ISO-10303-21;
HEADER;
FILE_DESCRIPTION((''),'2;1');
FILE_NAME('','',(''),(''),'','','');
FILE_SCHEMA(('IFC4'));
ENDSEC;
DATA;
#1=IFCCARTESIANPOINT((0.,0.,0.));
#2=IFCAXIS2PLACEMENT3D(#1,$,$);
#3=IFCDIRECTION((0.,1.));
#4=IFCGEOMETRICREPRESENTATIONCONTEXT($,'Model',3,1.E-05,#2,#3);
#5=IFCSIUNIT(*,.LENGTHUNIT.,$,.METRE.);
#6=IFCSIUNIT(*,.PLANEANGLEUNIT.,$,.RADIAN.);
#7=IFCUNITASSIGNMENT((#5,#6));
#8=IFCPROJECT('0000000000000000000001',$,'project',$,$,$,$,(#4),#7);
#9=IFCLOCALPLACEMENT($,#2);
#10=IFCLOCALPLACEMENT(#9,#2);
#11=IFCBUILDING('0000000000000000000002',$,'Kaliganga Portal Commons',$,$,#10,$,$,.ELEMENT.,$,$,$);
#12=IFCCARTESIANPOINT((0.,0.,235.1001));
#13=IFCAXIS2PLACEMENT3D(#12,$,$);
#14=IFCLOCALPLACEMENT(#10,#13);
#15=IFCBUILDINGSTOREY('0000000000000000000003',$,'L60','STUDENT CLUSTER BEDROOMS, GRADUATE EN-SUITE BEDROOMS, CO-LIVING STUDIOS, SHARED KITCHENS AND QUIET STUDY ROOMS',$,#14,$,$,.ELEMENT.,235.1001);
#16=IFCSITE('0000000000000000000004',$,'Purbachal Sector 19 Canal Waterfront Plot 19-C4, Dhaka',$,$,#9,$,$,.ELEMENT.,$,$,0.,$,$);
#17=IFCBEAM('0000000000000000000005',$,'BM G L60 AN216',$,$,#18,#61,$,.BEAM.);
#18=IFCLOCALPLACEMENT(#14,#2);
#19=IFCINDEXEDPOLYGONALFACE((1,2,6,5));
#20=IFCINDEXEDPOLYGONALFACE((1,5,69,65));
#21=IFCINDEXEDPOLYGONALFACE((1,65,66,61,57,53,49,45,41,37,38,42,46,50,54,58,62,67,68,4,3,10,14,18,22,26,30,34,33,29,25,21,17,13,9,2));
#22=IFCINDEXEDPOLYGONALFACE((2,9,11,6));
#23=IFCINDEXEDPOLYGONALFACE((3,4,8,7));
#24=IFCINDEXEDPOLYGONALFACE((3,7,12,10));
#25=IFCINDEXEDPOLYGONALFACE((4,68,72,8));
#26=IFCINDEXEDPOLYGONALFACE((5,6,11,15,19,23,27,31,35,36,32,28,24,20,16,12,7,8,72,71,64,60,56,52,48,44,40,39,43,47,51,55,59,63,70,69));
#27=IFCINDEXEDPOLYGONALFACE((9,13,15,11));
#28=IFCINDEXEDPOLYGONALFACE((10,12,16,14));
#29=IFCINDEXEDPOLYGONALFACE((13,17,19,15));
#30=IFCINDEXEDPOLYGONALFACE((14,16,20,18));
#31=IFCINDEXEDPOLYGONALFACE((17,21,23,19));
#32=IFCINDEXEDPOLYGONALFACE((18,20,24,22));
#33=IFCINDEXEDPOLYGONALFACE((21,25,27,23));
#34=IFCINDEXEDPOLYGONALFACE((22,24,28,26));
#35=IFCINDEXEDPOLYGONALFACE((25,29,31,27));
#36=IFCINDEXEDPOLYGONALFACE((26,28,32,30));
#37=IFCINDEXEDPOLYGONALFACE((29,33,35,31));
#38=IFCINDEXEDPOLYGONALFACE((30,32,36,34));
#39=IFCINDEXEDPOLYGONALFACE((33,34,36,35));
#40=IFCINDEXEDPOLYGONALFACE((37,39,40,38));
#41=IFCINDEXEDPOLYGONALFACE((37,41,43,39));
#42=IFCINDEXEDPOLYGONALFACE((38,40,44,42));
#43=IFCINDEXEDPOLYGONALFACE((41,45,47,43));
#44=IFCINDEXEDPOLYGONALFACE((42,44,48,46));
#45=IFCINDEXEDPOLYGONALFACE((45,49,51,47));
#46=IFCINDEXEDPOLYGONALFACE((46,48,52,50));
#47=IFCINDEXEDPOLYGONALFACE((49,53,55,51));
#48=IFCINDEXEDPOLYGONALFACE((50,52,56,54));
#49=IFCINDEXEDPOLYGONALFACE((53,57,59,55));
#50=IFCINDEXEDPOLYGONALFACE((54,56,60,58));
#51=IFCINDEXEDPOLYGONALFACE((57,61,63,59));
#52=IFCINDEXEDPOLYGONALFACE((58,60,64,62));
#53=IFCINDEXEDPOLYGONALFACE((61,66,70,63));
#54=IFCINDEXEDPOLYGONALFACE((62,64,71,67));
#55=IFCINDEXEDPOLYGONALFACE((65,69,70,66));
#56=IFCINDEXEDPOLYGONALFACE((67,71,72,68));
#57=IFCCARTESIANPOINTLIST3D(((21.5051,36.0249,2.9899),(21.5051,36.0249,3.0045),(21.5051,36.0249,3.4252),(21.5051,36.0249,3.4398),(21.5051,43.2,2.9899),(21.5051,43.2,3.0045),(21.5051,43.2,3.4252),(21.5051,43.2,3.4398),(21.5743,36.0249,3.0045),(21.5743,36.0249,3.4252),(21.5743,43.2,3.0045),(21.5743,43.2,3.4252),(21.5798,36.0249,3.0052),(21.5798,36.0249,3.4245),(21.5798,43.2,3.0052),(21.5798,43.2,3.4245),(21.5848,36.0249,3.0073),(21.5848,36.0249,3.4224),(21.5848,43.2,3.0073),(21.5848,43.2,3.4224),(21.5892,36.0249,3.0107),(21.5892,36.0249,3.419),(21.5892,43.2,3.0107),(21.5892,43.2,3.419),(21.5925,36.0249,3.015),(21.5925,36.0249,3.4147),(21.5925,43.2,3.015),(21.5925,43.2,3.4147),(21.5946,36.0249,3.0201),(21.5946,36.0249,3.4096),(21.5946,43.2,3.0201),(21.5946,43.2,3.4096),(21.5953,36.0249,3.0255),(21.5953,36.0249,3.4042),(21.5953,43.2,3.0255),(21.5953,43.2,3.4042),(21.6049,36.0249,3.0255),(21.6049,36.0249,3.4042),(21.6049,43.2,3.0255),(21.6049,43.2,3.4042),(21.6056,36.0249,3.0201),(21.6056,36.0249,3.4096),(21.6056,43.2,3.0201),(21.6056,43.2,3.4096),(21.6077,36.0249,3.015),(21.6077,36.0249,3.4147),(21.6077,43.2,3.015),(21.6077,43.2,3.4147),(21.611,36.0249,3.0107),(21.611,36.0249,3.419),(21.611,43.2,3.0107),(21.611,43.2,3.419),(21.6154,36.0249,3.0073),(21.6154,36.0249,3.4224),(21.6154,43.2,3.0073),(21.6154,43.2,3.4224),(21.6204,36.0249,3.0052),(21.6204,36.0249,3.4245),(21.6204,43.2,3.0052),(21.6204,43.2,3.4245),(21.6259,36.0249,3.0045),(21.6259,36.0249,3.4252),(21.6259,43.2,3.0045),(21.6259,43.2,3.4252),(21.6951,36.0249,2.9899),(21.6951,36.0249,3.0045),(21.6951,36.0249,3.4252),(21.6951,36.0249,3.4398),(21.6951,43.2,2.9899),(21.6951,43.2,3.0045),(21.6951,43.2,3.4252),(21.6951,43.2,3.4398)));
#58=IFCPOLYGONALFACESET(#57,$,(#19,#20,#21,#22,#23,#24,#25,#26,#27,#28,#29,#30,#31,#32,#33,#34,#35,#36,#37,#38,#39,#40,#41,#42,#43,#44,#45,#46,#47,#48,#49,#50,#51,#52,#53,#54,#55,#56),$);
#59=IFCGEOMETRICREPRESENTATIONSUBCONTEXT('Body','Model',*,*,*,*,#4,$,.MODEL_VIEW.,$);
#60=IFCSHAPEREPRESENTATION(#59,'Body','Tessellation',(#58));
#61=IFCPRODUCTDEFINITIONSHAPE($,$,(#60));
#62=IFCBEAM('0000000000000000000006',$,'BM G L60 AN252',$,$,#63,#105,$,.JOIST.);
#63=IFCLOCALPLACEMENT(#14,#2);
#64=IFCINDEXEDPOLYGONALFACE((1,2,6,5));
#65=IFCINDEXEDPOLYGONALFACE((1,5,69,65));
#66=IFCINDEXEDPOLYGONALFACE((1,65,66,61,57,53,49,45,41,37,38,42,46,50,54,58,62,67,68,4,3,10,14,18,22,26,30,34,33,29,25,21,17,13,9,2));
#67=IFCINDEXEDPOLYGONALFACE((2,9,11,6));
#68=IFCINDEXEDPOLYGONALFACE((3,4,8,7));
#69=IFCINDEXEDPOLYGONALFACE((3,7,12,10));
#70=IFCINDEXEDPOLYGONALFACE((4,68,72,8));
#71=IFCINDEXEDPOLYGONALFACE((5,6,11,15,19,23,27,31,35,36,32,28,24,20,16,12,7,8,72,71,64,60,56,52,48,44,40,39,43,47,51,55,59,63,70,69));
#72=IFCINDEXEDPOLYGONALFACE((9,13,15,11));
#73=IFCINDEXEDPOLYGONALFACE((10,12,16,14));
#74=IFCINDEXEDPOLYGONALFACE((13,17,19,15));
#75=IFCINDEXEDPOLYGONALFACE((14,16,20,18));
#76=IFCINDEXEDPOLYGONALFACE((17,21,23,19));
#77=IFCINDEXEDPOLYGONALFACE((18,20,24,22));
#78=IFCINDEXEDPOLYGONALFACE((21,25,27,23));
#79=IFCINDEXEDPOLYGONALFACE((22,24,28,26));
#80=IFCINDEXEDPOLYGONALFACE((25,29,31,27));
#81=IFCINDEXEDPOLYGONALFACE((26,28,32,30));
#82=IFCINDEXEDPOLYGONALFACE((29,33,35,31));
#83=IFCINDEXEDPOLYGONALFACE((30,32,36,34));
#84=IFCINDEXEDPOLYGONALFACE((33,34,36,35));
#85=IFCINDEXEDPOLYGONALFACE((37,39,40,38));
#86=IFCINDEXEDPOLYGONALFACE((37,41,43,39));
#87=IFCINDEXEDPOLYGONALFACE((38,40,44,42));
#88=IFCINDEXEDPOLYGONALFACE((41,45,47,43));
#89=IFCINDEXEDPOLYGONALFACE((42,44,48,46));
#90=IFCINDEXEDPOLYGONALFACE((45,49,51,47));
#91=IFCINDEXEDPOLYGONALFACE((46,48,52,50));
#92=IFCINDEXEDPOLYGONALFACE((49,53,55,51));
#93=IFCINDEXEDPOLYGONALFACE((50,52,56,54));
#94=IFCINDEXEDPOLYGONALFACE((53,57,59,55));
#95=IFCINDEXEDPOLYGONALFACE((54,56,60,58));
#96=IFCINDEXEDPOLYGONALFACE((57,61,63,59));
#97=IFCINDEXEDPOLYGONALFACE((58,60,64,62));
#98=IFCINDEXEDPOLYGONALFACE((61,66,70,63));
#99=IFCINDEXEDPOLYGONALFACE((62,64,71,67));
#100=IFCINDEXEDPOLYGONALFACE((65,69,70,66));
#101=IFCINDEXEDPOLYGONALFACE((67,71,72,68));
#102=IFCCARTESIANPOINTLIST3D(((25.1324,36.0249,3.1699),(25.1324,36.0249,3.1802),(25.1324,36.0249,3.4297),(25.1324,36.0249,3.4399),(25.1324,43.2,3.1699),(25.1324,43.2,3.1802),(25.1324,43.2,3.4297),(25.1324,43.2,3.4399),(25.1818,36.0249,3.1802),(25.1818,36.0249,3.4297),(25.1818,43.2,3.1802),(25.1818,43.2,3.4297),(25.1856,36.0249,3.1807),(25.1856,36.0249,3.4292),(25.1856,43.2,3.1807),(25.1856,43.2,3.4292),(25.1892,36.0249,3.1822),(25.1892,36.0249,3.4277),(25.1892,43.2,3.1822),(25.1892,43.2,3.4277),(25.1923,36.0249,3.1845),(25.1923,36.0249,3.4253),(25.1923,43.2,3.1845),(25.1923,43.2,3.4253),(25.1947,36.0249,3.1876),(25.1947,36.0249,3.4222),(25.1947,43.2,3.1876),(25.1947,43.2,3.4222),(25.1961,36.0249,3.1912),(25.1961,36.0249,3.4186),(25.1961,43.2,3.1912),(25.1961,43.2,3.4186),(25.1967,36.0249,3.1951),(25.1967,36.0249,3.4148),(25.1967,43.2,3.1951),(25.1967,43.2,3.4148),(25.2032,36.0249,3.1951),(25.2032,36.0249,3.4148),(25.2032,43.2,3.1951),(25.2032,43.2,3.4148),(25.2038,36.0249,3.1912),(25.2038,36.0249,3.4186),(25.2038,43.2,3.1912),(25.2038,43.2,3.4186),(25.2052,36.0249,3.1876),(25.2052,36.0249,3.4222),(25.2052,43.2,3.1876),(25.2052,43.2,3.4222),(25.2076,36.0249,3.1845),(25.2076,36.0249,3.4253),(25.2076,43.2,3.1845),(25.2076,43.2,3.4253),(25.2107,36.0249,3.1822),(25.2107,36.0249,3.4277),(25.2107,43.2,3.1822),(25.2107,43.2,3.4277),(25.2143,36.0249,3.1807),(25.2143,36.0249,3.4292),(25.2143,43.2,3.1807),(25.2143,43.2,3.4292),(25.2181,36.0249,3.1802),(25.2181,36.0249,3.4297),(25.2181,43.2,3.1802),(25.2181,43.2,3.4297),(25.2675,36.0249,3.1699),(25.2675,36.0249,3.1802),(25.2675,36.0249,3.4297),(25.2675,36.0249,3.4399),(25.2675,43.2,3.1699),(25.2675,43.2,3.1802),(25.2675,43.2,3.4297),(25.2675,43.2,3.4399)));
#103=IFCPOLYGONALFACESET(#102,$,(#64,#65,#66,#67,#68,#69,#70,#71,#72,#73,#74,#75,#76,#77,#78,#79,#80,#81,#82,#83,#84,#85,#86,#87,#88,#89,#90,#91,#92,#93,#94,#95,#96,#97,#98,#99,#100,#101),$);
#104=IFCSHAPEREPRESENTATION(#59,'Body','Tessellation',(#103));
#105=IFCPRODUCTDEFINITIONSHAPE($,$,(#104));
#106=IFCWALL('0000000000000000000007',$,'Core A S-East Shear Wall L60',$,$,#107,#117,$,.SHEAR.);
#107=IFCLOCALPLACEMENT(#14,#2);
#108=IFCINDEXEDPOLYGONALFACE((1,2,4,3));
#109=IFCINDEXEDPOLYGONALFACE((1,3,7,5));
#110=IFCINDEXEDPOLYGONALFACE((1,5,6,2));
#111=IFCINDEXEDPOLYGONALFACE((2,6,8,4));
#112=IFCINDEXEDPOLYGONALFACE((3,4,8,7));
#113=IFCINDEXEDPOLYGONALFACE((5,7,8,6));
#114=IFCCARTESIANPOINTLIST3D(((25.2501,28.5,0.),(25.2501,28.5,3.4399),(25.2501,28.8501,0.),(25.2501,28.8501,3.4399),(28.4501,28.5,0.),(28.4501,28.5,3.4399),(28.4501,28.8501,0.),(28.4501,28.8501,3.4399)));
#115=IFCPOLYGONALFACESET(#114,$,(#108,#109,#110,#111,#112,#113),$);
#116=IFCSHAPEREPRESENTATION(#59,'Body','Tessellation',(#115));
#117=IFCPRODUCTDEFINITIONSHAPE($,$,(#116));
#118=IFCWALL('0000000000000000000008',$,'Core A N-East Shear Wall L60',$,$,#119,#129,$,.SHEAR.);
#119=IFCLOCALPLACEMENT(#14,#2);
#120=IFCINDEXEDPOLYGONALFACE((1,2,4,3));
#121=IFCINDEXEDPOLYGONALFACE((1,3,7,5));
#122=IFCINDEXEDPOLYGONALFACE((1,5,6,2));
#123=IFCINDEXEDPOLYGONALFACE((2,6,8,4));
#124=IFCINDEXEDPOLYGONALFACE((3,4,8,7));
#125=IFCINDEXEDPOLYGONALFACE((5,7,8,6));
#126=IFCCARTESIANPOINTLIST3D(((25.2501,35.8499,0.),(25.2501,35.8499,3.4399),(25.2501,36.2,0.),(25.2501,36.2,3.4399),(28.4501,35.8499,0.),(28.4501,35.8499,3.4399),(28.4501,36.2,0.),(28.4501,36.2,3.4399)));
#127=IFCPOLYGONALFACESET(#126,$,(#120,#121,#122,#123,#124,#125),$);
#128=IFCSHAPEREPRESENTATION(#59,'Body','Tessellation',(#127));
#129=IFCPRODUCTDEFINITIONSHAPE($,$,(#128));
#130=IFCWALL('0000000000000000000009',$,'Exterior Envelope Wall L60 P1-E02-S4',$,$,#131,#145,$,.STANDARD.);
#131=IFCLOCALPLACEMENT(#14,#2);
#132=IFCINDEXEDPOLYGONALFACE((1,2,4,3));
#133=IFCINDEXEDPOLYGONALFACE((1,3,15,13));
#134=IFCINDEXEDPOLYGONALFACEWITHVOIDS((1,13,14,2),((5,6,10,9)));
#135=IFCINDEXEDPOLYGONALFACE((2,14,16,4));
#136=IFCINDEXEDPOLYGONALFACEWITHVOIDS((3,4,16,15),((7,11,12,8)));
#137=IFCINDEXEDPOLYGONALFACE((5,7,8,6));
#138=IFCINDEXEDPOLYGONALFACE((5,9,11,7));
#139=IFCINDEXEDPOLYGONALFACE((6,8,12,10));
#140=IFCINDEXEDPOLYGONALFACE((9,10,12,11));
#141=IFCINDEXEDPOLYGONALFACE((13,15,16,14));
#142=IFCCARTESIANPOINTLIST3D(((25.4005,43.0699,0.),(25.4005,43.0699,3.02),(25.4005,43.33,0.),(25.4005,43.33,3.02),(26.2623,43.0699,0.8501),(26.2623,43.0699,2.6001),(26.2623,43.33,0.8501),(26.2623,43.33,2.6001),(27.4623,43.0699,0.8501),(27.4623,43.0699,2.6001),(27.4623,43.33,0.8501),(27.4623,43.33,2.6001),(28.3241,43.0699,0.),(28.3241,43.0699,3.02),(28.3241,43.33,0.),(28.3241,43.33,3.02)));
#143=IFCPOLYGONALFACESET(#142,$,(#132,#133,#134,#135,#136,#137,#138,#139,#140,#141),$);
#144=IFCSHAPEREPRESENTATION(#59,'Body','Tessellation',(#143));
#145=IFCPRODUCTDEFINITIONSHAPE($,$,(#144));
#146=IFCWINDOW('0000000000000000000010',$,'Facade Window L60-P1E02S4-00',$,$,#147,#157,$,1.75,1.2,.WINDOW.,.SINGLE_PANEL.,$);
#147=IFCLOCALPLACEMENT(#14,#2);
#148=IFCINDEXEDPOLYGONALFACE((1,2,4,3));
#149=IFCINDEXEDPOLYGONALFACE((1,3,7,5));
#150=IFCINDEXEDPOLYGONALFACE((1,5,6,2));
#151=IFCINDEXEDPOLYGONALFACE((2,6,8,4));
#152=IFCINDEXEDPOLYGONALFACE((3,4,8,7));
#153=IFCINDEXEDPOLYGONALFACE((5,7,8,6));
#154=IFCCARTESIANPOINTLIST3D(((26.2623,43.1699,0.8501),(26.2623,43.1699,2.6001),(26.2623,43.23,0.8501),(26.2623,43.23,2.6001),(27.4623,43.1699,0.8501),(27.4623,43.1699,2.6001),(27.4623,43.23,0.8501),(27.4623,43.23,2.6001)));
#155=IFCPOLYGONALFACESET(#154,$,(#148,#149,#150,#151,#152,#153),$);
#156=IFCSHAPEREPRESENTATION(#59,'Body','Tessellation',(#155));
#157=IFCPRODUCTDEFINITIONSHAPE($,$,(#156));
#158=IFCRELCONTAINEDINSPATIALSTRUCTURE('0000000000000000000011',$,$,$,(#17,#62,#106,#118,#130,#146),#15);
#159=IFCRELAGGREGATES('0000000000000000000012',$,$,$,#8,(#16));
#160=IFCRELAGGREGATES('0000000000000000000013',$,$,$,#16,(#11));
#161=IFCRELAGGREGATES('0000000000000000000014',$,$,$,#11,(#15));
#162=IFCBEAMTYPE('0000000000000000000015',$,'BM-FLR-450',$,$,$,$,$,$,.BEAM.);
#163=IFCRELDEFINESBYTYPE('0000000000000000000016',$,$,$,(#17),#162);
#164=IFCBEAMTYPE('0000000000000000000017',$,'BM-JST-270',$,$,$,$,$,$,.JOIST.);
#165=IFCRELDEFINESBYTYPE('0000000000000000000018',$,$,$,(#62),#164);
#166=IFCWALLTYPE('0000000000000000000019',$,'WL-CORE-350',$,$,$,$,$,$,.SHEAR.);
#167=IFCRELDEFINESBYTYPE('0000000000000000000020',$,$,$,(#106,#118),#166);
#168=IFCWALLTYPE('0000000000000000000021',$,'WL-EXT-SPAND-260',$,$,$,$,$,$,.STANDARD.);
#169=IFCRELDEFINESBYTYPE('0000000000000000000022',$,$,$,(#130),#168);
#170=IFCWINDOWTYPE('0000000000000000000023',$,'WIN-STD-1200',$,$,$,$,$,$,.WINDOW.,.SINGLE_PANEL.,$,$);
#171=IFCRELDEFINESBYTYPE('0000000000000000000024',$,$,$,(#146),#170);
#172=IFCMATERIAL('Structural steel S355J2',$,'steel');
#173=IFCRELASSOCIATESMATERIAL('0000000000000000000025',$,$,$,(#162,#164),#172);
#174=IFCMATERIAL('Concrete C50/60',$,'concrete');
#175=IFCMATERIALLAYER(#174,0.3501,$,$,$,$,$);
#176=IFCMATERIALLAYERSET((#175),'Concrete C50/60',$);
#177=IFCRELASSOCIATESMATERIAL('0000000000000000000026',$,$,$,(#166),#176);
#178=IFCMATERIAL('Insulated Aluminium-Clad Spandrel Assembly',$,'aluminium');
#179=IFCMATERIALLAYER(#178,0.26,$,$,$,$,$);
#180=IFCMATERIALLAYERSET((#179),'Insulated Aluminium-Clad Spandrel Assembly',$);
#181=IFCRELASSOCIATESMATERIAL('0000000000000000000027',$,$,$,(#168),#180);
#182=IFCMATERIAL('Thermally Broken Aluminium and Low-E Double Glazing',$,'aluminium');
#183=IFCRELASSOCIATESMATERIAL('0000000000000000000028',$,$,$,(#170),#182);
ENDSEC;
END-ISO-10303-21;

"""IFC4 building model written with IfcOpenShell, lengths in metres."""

from ifc_helpers import new_model, si_unit, direction, frame, frame_2d, origin, origin_2d, place, context, subcontext, project, spatial, rectangle, i_section, extrude, source, transform, mapped, material, layer, layer_set, material_profile, profile_set, type_object, element, fill, save


model = new_model("IFC4")

# Units and contexts
model_context = context("Model", 3, precision=1e-05, world=origin(), true_north=direction((0.0, 1.0)))
body_context = subcontext(model_context, "Body", "Model", "MODEL_VIEW")
ifc_project = project(units=[si_unit("LENGTHUNIT", "METRE"), si_unit("PLANEANGLEUNIT", "RADIAN")], contexts=[model_context])

# Site, building, storey
site_placement = place(None, origin())
site = spatial("IfcSite", under=ifc_project, at=site_placement, Name="Purbachal Sector 19 Canal Waterfront Plot 19-C4, Dhaka", CompositionType="ELEMENT", RefElevation=0.0)
building_placement = place(site_placement, origin())
building = spatial("IfcBuilding", under=site, at=building_placement, Name="Kaliganga Portal Commons", CompositionType="ELEMENT")
storey_placement = place(building_placement, frame((0.0, 0.0, 235.1001)))
storey = spatial("IfcBuildingStorey", under=building, at=storey_placement, Name="L60", Description="STUDENT CLUSTER BEDROOMS, GRADUATE EN-SUITE BEDROOMS, CO-LIVING STUDIOS, SHARED KITCHENS AND QUIET STUDY ROOMS", CompositionType="ELEMENT", Elevation=235.1001)

# Shared definitions
ifc_material_1 = material(Name="Concrete C50/60", Category="concrete")
ifc_material_2 = material(Name="Structural steel S355J2", Category="steel")

# Beams
ifc_material_profile_1 = material_profile(ifc_material_2, i_section(OverallWidth=0.1899, OverallDepth=0.45, WebThickness=0.0095, FlangeThickness=0.0146, FilletRadius=0.021, at=origin_2d()), Name="IPE 450")
ifc_profile_set_1 = profile_set([ifc_material_profile_1], Name="Structural steel S355J2 wide-flange")
beam_type_1 = type_object("IfcBeamType", Name="BM-FLR-450", PredefinedType="BEAM", material=ifc_profile_set_1)
shared_shape_1 = source(origin(), body_context, "Body", "SweptSolid", [
    extrude(i_section(OverallWidth=0.1899, OverallDepth=0.45, WebThickness=0.0095, FlangeThickness=0.0146, FilletRadius=0.021, at=origin_2d()), origin(), (0.0, 0.0, 1.0), 7.175),
])
beam_1_placement = place(storey_placement, frame((21.6001, 36.0249, 3.2148), z_axis=(0.0, 1.0, 0.0), x_axis=(-1.0, 0.0, 0.0)))
element("IfcBeam", 1, at=beam_1_placement, inside=storey, type_object=beam_type_1, Name="BM G L60 AN216", PredefinedType="BEAM", context=body_context, shape_type="MappedRepresentation", body=[
    mapped(shared_shape_1, transform((0.0, 0.0, 0.0), x_axis=(1.0, 0.0, 0.0), y_axis=(0.0, 1.0, 0.0), z_axis=(0.0, 0.0, 1.0), scale=1.0)),
])
ifc_material_profile_2 = material_profile(ifc_material_2, i_section(OverallWidth=0.135, OverallDepth=0.27, WebThickness=0.0066, FlangeThickness=0.0103, FilletRadius=0.0149, at=origin_2d()), Name="IPE 270")
ifc_profile_set_2 = profile_set([ifc_material_profile_2], Name="Structural steel S355J2 wide-flange")
beam_type_2 = type_object("IfcBeamType", Name="BM-JST-270", PredefinedType="JOIST", material=ifc_profile_set_2)
shared_shape_2 = source(origin(), body_context, "Body", "SweptSolid", [
    extrude(i_section(OverallWidth=0.135, OverallDepth=0.27, WebThickness=0.0066, FlangeThickness=0.0103, FilletRadius=0.0149, at=origin_2d()), origin(), (0.0, 0.0, 1.0), 7.175),
])
beam_2_placement = place(storey_placement, frame((25.2, 36.0249, 3.3049), z_axis=(0.0, 1.0, 0.0), x_axis=(-1.0, 0.0, 0.0)))
element("IfcBeam", 2, at=beam_2_placement, inside=storey, type_object=beam_type_2, Name="BM G L60 AN252", PredefinedType="JOIST", context=body_context, shape_type="MappedRepresentation", body=[
    mapped(shared_shape_2, transform((0.0, 0.0, 0.0), x_axis=(1.0, 0.0, 0.0), y_axis=(0.0, 1.0, 0.0), z_axis=(0.0, 0.0, 1.0), scale=1.0)),
])

# Walls
ifc_layer_1 = layer(ifc_material_1, 0.3501)
ifc_layer_set_1 = layer_set([ifc_layer_1], Name="Concrete C50/60")
wall_type_1 = type_object("IfcWallType", Name="WL-CORE-350", PredefinedType="SHEAR", material=ifc_layer_set_1)
for number, where, z_axis, x_axis, name in (
    (3, (25.25, 28.675, 0.0), (0.0, 0.0, 1.0), (1.0, 0.0, 0.0), "Core A S-East Shear Wall L60"),
    (4, (25.25, 36.0249, 0.0), (0.0, 0.0, 1.0), (1.0, 0.0, 0.0), "Core A N-East Shear Wall L60"),
):
    element("IfcWall", number, at=place(storey_placement, frame(where, z_axis=z_axis, x_axis=x_axis)), inside=storey, type_object=wall_type_1, Name=name, PredefinedType="SHEAR", context=body_context, shape_type="SweptSolid", body=[
        extrude(rectangle(XDim=3.2, YDim=0.3501, at=frame_2d((1.6001, 0.0))), origin(), (0.0, 0.0, 1.0), 3.4399),
    ])

# Wall, opening, window
ifc_material_3 = material(Name="Insulated Aluminium-Clad Spandrel Assembly", Category="aluminium")
ifc_layer_2 = layer(ifc_material_3, 0.26)
ifc_layer_set_2 = layer_set([ifc_layer_2], Name="Insulated Aluminium-Clad Spandrel Assembly")
wall_type_2 = type_object("IfcWallType", Name="WL-EXT-SPAND-260", PredefinedType="STANDARD", material=ifc_layer_set_2)
wall_1_placement = place(storey_placement, frame((25.4004, 43.2, 0.0), z_axis=(0.0, 0.0, 1.0), x_axis=(1.0, 0.0, 0.0)))
wall_1 = element("IfcWall", 5, at=wall_1_placement, inside=storey, type_object=wall_type_2, Name="Exterior Envelope Wall L60 P1-E02-S4", PredefinedType="STANDARD", context=body_context, shape_type="SweptSolid", body=[
    extrude(rectangle(XDim=2.9236, YDim=0.26, at=frame_2d((1.4619, 0.0))), origin(), (0.0, 0.0, 1.0), 3.02),
])
opening_1_placement = place(wall_1_placement, frame((0.8618, 0.0, 0.8501)))
opening_1 = element("IfcOpeningElement", 6, at=opening_1_placement, cuts=wall_1, PredefinedType="OPENING", context=body_context, shape_type="SweptSolid", body=[
    extrude(rectangle(XDim=1.2, YDim=1.75, at=frame_2d((0.6001, 0.875))), frame((0.0, 0.1401, 0.0), z_axis=(0.0, -1.0, 0.0), x_axis=(1.0, 0.0, 0.0)), (0.0, 0.0, 1.0), 0.28),
])
ifc_material_4 = material(Name="Thermally Broken Aluminium and Low-E Double Glazing", Category="aluminium")
window_type = type_object("IfcWindowType", Name="WIN-STD-1200", PartitioningType="SINGLE_PANEL", PredefinedType="WINDOW", material=ifc_material_4)
window_1_placement = place(opening_1_placement, origin())
window_1 = element("IfcWindow", 7, at=window_1_placement, inside=storey, type_object=window_type, Name="Facade Window L60-P1E02S4-00", OverallHeight=1.75, OverallWidth=1.2, PartitioningType="SINGLE_PANEL", PredefinedType="WINDOW", context=body_context, shape_type="SweptSolid", body=[
    extrude(rectangle(XDim=1.2, YDim=1.75, at=frame_2d((0.6001, 0.875))), frame((0.0, 0.03, 0.0), z_axis=(0.0, -1.0, 0.0), x_axis=(1.0, 0.0, 0.0)), (0.0, 0.0, 1.0), 0.0601),
])
fill(opening_1, window_1)

save(model, "model.ifc")
